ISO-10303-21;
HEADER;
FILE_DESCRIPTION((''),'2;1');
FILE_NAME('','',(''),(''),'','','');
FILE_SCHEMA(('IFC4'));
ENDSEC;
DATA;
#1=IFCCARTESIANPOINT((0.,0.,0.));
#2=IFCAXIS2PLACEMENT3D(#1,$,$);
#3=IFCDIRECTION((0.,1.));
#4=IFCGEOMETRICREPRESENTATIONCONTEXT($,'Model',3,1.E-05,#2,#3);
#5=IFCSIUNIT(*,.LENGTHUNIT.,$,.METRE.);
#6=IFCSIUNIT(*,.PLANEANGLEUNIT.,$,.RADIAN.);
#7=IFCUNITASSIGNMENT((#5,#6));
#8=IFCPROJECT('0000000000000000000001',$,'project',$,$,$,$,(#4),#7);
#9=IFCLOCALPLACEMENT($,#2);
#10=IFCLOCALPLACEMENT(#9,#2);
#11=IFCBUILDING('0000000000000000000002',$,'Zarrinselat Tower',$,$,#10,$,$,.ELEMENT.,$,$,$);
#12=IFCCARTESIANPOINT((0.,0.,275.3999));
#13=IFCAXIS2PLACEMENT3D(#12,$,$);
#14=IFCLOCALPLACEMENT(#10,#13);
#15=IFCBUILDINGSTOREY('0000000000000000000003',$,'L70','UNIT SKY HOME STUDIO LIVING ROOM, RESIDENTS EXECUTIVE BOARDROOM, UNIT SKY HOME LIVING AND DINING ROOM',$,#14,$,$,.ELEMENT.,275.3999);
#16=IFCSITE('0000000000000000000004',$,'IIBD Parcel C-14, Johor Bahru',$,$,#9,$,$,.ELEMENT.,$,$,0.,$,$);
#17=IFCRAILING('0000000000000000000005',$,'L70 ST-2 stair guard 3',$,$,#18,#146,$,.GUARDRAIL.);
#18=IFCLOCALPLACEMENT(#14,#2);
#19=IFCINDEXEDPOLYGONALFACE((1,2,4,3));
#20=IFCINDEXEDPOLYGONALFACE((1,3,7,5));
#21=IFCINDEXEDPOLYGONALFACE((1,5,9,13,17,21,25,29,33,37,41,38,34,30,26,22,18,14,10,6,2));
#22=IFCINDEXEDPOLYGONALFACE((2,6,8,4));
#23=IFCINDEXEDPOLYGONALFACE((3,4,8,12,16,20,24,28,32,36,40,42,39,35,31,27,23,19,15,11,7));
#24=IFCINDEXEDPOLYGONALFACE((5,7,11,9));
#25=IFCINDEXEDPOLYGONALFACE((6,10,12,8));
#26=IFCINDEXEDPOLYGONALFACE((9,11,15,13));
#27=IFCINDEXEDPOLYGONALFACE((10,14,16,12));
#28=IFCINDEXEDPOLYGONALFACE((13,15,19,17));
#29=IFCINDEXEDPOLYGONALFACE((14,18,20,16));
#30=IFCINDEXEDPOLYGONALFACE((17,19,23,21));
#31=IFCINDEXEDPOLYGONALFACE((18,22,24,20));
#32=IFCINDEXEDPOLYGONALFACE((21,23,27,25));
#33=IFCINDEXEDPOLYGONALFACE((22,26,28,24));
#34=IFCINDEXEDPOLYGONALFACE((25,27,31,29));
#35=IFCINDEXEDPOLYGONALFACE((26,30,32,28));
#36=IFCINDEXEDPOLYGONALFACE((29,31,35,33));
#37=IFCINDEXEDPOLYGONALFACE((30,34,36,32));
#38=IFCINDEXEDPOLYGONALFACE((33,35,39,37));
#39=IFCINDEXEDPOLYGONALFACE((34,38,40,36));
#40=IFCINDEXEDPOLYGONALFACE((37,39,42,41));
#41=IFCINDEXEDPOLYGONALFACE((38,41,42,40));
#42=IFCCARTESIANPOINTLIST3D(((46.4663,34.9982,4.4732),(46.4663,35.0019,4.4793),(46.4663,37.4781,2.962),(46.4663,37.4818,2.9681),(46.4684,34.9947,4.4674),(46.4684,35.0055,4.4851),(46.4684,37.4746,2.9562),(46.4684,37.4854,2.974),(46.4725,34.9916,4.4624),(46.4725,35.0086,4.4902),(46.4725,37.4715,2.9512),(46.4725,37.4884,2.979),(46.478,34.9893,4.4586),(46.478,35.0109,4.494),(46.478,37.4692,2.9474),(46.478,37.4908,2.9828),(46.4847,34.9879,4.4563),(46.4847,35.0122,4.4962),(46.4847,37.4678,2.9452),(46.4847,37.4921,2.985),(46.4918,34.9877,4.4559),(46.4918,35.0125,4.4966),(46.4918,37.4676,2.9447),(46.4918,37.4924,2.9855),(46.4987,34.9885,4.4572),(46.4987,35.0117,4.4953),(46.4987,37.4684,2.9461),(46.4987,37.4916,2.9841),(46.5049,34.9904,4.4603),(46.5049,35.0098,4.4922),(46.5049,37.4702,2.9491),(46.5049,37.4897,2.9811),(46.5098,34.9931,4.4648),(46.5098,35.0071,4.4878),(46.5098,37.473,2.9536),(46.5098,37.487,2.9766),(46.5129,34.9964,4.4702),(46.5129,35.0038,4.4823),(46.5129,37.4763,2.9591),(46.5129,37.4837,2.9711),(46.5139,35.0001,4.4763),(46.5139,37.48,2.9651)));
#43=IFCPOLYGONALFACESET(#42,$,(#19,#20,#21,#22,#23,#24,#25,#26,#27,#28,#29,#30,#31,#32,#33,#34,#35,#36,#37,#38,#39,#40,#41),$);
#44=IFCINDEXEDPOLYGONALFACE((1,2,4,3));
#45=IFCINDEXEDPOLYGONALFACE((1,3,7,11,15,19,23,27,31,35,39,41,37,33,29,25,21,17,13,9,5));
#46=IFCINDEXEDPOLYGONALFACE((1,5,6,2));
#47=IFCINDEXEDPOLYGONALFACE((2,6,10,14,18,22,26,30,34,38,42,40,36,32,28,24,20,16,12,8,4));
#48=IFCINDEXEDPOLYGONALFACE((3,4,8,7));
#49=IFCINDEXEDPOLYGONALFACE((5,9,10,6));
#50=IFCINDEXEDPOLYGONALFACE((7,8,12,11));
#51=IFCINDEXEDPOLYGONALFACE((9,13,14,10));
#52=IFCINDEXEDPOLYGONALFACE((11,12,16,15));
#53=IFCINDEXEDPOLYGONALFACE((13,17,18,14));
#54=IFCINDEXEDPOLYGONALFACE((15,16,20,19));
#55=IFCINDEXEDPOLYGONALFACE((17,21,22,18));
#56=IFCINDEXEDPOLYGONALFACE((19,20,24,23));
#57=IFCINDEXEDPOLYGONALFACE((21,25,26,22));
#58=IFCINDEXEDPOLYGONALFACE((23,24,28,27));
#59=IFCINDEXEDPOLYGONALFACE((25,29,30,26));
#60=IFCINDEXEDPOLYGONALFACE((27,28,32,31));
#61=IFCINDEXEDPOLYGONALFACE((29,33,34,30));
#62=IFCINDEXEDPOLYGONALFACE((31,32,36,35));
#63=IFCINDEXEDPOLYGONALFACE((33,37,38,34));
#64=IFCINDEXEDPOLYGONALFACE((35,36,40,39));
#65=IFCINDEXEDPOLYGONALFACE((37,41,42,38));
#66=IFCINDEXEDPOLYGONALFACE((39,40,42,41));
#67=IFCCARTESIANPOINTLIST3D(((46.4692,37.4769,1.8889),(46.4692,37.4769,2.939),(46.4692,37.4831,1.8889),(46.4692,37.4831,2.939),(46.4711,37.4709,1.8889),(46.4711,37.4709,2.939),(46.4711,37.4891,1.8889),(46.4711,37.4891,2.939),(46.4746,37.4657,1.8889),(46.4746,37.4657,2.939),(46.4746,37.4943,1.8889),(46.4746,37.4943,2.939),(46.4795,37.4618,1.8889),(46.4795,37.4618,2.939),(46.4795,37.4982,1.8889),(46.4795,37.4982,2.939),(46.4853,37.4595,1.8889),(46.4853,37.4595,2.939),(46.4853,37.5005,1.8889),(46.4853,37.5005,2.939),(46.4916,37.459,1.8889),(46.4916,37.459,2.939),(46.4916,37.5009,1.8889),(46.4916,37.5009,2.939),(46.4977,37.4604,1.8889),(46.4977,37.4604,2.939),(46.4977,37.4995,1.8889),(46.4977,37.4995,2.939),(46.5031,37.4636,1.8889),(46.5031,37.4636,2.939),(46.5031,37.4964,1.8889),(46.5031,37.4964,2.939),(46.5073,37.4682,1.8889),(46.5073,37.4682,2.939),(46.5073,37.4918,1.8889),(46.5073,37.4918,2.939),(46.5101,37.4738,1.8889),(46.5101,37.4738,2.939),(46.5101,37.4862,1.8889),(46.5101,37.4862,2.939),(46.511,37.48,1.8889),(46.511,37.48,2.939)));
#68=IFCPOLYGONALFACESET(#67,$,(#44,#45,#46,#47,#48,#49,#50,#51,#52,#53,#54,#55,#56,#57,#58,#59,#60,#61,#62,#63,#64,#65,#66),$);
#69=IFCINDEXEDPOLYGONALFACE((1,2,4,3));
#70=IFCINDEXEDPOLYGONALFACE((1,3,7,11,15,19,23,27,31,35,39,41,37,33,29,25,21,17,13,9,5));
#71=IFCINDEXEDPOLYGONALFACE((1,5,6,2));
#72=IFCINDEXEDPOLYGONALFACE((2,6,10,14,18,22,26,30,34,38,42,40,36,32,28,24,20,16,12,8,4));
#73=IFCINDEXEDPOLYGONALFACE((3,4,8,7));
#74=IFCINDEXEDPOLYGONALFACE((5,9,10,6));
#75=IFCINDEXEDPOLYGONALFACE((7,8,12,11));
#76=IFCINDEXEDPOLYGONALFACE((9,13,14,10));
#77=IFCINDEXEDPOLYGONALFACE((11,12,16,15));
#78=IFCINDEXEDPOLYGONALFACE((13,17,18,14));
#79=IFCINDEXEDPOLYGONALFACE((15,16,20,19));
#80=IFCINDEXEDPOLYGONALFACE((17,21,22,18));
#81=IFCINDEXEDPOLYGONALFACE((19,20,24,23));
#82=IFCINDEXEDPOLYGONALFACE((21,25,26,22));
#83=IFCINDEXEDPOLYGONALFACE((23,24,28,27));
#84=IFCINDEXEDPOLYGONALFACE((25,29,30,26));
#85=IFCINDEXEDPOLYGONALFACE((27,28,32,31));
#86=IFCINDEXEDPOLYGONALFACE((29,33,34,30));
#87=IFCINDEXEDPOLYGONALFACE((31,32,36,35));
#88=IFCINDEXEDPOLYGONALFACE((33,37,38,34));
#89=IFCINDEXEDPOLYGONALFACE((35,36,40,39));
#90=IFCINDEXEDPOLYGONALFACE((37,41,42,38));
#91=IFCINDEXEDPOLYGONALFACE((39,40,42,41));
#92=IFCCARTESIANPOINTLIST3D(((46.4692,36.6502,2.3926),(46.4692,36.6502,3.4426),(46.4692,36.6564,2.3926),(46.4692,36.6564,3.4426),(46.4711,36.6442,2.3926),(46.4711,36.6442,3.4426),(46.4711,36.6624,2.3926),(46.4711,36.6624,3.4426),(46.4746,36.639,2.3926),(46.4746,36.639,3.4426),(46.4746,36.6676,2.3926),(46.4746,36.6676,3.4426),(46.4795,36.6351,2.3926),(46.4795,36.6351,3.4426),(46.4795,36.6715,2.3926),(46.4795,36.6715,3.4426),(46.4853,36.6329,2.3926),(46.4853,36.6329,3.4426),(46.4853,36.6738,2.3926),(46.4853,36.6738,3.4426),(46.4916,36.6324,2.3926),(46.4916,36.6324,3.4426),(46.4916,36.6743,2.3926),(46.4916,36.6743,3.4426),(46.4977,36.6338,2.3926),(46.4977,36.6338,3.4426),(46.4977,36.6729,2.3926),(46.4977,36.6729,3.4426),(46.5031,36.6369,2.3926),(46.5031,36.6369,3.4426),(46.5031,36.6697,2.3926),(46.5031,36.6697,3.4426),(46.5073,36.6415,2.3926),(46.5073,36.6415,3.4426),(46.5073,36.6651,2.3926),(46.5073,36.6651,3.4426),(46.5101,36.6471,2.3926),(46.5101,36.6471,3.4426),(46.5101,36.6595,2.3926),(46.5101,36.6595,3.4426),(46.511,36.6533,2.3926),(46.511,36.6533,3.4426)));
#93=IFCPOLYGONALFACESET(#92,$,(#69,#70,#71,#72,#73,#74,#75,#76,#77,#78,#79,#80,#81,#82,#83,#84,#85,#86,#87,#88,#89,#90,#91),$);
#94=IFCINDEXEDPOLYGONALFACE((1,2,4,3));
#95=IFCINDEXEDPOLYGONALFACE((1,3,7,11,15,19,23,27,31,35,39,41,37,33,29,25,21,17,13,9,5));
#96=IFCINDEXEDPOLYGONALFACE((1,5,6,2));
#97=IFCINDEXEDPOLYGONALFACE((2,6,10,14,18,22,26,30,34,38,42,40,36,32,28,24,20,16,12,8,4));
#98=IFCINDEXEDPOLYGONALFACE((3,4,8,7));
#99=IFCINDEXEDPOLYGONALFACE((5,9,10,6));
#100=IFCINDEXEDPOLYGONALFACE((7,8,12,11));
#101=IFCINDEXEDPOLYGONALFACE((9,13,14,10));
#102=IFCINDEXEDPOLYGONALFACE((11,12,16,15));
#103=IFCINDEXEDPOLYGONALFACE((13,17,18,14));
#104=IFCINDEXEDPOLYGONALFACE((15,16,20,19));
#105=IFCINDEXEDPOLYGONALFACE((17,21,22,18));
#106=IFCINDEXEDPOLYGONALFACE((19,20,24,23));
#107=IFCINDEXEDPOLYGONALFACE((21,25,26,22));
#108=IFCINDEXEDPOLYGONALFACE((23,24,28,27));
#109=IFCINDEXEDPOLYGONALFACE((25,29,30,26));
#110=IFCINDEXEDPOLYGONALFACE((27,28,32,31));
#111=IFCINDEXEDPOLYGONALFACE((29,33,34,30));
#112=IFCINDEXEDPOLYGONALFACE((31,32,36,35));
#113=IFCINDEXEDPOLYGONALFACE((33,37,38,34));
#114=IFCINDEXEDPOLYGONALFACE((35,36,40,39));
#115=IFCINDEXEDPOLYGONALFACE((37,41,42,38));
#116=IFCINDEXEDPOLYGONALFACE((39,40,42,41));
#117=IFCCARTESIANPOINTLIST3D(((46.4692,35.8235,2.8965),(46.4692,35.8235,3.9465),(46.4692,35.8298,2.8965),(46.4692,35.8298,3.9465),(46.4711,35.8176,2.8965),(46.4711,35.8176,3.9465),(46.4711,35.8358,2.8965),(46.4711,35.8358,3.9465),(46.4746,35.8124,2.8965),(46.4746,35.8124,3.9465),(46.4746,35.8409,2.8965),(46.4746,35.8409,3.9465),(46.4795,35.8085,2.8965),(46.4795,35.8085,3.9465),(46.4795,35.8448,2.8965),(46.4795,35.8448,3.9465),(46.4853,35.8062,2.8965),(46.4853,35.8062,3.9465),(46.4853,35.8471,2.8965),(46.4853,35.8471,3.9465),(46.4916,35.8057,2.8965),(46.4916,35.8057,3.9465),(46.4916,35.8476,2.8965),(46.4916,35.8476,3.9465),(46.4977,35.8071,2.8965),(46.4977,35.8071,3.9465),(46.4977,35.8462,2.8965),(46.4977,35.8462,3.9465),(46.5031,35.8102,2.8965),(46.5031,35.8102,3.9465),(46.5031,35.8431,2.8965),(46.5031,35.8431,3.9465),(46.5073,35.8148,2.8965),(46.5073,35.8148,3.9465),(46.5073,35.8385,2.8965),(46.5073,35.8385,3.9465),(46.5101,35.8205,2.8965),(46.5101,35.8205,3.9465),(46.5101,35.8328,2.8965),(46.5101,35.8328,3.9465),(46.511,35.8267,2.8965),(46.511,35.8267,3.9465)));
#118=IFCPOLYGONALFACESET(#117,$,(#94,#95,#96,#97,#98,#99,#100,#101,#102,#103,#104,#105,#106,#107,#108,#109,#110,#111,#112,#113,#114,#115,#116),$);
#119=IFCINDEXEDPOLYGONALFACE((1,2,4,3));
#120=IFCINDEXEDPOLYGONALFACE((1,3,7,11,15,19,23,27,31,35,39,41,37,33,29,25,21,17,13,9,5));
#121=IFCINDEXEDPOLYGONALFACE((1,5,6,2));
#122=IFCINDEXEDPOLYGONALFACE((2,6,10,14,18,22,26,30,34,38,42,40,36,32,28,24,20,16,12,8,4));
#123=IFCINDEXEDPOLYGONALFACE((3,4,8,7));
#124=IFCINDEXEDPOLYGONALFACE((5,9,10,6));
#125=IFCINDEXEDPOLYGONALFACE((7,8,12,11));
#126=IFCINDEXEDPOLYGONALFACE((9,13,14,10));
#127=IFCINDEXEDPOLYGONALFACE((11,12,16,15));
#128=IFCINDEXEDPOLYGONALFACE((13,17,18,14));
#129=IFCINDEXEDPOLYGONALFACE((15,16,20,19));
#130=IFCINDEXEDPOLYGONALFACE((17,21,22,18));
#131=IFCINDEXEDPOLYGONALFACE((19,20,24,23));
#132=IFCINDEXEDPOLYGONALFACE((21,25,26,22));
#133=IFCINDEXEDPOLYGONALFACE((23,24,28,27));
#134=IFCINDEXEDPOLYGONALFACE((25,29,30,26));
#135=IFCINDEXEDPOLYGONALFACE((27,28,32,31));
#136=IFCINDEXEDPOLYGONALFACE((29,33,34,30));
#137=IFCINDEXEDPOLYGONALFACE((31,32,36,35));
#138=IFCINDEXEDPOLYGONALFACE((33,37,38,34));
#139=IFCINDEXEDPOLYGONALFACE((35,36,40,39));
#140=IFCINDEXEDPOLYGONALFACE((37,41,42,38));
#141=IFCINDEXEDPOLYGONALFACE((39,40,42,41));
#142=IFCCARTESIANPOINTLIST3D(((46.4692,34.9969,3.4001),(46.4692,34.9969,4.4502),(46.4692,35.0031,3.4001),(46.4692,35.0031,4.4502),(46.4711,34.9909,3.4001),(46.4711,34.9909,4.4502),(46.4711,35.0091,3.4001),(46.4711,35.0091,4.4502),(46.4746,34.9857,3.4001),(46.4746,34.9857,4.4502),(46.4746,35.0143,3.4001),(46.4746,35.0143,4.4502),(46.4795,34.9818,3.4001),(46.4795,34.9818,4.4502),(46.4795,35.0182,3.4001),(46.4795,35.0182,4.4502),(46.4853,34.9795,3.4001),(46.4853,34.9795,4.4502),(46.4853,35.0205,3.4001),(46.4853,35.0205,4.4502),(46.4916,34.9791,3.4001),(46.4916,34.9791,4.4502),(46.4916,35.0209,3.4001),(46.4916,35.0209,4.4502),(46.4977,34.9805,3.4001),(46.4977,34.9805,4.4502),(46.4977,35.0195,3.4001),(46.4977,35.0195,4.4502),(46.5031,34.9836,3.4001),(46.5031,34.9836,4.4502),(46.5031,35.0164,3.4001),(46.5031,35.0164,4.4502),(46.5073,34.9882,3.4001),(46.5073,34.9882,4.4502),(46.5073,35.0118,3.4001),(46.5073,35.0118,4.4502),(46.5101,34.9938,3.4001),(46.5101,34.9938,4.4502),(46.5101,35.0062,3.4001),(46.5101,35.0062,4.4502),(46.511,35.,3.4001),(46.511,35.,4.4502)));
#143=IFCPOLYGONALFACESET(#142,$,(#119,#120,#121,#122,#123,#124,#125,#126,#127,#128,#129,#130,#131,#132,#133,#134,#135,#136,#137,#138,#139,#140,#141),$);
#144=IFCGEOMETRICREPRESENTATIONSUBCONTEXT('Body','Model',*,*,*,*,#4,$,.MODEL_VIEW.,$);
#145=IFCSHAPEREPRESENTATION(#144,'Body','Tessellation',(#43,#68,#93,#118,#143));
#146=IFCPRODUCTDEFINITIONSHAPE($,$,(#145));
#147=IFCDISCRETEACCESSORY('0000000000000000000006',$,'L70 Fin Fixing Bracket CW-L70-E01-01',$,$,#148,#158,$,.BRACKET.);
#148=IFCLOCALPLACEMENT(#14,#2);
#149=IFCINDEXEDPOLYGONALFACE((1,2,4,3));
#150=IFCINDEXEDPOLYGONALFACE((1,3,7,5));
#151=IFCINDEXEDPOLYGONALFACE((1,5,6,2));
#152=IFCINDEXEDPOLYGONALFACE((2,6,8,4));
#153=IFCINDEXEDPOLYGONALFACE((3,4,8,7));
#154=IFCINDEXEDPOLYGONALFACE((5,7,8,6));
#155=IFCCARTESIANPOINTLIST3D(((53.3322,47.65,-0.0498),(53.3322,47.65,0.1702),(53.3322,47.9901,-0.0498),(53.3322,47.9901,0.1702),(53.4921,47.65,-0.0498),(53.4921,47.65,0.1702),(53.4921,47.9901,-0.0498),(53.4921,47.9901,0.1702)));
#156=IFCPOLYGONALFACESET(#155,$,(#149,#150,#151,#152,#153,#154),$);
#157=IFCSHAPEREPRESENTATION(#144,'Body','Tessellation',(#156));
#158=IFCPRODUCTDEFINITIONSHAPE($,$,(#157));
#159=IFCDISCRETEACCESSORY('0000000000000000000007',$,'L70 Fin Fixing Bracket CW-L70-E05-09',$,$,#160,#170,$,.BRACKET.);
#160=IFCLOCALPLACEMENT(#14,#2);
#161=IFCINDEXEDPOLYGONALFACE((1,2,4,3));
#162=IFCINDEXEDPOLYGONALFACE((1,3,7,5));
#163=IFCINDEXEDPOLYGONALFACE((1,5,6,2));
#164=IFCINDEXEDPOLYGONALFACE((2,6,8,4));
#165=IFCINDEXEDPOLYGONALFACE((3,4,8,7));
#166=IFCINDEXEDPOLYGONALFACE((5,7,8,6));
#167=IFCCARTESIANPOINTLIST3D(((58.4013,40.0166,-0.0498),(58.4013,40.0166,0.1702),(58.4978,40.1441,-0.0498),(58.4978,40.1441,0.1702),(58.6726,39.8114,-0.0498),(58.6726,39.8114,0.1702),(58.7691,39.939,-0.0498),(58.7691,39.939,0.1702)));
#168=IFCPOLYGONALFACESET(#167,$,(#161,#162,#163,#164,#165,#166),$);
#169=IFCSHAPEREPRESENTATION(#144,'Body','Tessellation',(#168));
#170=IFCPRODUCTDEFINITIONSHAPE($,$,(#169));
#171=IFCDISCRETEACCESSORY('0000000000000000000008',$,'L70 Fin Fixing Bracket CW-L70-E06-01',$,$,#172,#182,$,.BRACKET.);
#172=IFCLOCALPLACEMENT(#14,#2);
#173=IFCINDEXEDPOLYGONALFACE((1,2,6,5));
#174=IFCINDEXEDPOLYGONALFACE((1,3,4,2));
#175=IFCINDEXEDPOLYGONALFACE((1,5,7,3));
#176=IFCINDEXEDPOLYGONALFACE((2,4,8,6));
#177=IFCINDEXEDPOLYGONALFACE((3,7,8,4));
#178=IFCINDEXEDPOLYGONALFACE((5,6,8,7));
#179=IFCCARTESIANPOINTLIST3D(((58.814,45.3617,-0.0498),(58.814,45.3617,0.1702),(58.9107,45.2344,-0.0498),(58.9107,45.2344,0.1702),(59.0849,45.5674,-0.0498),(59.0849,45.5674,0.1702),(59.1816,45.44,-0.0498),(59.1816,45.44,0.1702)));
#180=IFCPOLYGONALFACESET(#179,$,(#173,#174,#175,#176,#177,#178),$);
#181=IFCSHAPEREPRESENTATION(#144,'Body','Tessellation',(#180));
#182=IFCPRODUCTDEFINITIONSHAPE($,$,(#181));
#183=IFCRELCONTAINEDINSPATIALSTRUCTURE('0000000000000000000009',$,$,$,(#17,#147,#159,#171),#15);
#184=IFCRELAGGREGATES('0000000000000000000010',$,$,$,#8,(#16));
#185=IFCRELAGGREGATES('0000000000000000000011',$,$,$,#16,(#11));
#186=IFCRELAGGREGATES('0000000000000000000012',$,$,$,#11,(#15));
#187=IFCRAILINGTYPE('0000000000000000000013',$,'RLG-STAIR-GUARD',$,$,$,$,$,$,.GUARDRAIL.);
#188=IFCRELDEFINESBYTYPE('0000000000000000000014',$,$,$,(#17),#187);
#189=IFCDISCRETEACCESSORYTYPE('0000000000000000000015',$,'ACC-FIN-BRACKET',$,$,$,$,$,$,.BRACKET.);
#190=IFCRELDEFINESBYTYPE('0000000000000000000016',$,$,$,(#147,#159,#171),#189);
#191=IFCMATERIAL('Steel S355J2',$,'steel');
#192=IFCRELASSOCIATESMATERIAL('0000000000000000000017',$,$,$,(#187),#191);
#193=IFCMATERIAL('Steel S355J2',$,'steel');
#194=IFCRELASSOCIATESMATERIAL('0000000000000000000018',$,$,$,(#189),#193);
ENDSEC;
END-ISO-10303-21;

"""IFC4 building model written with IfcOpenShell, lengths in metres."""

from ifc_helpers import new_model, si_unit, direction, frame, origin, origin_2d, place, context, subcontext, project, spatial, rectangle, circle, extrude, material, type_object, element, save


model = new_model("IFC4")

# Units and contexts
model_context = context("Model", 3, precision=1e-05, world=origin(), true_north=direction((0.0, 1.0)))
body_context = subcontext(model_context, "Body", "Model", "MODEL_VIEW")
ifc_project = project(units=[si_unit("LENGTHUNIT", "METRE"), si_unit("PLANEANGLEUNIT", "RADIAN")], contexts=[model_context])

# Site, building, storey
site_placement = place(None, origin())
site = spatial("IfcSite", under=ifc_project, at=site_placement, Name="IIBD Parcel C-14, Johor Bahru", CompositionType="ELEMENT", RefElevation=0.0)
building_placement = place(site_placement, origin())
building = spatial("IfcBuilding", under=site, at=building_placement, Name="Zarrinselat Tower", CompositionType="ELEMENT")
storey_placement = place(building_placement, frame((0.0, 0.0, 275.3999)))
storey = spatial("IfcBuildingStorey", under=building, at=storey_placement, Name="L70", Description="UNIT SKY HOME STUDIO LIVING ROOM, RESIDENTS EXECUTIVE BOARDROOM, UNIT SKY HOME LIVING AND DINING ROOM", CompositionType="ELEMENT", Elevation=275.3999)

# Railing
ifc_material_1 = material(Name="Steel S355J2", Category="steel")
railing_type = type_object("IfcRailingType", Name="RLG-STAIR-GUARD", PredefinedType="GUARDRAIL", material=ifc_material_1)
railing_1_placement = place(storey_placement, frame((46.49, 37.48, 1.8889)))
element("IfcRailing", 1, at=railing_1_placement, inside=storey, type_object=railing_type, Name="L70 ST-2 stair guard 3", PredefinedType="GUARDRAIL", context=body_context, shape_type="SweptSolid", body=[
    extrude(circle(Radius=0.0239, at=origin_2d()), frame((0.0, 0.0, 1.0762), z_axis=(0.0, -0.853942, 0.520368), x_axis=(1.0, 0.0, 0.0)), (0.0, 0.0, 1.0), 2.9041),
    extrude(circle(Radius=0.021, at=origin_2d()), origin(), (0.0, 0.0, 1.0), 1.05),
    extrude(circle(Radius=0.021, at=origin_2d()), frame((0.0, -0.8267, 0.5037)), (0.0, 0.0, 1.0), 1.05),
    extrude(circle(Radius=0.021, at=origin_2d()), frame((0.0, -1.6533, 1.0076)), (0.0, 0.0, 1.0), 1.05),
    extrude(circle(Radius=0.021, at=origin_2d()), frame((0.0, -2.48, 1.5112)), (0.0, 0.0, 1.0), 1.05),
])

# Discrete accessories
ifc_material_2 = material(Name="Steel S355J2", Category="steel")
discrete_accessory_type = type_object("IfcDiscreteAccessoryType", Name="ACC-FIN-BRACKET", PredefinedType="BRACKET", material=ifc_material_2)
for number, where, z_axis, x_axis, name in (
    (2, (53.4121, 47.8201, -0.0498), (0.0, 0.0, 1.0), (0.0, 1.0, 0.0), "L70 Fin Fixing Bracket CW-L70-E01-01"),
    (3, (58.5852, 39.9778, -0.0498), (0.0, 0.0, 1.0), (0.797613, -0.60317, 0.0), "L70 Fin Fixing Bracket CW-L70-E05-09"),
    (4, (58.9978, 45.4009, -0.0498), (0.0, 0.0, 1.0), (0.796391, 0.604782, 0.0), "L70 Fin Fixing Bracket CW-L70-E06-01"),
):
    element("IfcDiscreteAccessory", number, at=place(storey_placement, frame(where, z_axis=z_axis, x_axis=x_axis)), inside=storey, type_object=discrete_accessory_type, Name=name, PredefinedType="BRACKET", context=body_context, shape_type="SweptSolid", body=[
        extrude(rectangle(XDim=0.3401, YDim=0.1599, at=origin_2d()), origin(), (0.0, 0.0, 1.0), 0.22),
    ])

save(model, "model.ifc")
